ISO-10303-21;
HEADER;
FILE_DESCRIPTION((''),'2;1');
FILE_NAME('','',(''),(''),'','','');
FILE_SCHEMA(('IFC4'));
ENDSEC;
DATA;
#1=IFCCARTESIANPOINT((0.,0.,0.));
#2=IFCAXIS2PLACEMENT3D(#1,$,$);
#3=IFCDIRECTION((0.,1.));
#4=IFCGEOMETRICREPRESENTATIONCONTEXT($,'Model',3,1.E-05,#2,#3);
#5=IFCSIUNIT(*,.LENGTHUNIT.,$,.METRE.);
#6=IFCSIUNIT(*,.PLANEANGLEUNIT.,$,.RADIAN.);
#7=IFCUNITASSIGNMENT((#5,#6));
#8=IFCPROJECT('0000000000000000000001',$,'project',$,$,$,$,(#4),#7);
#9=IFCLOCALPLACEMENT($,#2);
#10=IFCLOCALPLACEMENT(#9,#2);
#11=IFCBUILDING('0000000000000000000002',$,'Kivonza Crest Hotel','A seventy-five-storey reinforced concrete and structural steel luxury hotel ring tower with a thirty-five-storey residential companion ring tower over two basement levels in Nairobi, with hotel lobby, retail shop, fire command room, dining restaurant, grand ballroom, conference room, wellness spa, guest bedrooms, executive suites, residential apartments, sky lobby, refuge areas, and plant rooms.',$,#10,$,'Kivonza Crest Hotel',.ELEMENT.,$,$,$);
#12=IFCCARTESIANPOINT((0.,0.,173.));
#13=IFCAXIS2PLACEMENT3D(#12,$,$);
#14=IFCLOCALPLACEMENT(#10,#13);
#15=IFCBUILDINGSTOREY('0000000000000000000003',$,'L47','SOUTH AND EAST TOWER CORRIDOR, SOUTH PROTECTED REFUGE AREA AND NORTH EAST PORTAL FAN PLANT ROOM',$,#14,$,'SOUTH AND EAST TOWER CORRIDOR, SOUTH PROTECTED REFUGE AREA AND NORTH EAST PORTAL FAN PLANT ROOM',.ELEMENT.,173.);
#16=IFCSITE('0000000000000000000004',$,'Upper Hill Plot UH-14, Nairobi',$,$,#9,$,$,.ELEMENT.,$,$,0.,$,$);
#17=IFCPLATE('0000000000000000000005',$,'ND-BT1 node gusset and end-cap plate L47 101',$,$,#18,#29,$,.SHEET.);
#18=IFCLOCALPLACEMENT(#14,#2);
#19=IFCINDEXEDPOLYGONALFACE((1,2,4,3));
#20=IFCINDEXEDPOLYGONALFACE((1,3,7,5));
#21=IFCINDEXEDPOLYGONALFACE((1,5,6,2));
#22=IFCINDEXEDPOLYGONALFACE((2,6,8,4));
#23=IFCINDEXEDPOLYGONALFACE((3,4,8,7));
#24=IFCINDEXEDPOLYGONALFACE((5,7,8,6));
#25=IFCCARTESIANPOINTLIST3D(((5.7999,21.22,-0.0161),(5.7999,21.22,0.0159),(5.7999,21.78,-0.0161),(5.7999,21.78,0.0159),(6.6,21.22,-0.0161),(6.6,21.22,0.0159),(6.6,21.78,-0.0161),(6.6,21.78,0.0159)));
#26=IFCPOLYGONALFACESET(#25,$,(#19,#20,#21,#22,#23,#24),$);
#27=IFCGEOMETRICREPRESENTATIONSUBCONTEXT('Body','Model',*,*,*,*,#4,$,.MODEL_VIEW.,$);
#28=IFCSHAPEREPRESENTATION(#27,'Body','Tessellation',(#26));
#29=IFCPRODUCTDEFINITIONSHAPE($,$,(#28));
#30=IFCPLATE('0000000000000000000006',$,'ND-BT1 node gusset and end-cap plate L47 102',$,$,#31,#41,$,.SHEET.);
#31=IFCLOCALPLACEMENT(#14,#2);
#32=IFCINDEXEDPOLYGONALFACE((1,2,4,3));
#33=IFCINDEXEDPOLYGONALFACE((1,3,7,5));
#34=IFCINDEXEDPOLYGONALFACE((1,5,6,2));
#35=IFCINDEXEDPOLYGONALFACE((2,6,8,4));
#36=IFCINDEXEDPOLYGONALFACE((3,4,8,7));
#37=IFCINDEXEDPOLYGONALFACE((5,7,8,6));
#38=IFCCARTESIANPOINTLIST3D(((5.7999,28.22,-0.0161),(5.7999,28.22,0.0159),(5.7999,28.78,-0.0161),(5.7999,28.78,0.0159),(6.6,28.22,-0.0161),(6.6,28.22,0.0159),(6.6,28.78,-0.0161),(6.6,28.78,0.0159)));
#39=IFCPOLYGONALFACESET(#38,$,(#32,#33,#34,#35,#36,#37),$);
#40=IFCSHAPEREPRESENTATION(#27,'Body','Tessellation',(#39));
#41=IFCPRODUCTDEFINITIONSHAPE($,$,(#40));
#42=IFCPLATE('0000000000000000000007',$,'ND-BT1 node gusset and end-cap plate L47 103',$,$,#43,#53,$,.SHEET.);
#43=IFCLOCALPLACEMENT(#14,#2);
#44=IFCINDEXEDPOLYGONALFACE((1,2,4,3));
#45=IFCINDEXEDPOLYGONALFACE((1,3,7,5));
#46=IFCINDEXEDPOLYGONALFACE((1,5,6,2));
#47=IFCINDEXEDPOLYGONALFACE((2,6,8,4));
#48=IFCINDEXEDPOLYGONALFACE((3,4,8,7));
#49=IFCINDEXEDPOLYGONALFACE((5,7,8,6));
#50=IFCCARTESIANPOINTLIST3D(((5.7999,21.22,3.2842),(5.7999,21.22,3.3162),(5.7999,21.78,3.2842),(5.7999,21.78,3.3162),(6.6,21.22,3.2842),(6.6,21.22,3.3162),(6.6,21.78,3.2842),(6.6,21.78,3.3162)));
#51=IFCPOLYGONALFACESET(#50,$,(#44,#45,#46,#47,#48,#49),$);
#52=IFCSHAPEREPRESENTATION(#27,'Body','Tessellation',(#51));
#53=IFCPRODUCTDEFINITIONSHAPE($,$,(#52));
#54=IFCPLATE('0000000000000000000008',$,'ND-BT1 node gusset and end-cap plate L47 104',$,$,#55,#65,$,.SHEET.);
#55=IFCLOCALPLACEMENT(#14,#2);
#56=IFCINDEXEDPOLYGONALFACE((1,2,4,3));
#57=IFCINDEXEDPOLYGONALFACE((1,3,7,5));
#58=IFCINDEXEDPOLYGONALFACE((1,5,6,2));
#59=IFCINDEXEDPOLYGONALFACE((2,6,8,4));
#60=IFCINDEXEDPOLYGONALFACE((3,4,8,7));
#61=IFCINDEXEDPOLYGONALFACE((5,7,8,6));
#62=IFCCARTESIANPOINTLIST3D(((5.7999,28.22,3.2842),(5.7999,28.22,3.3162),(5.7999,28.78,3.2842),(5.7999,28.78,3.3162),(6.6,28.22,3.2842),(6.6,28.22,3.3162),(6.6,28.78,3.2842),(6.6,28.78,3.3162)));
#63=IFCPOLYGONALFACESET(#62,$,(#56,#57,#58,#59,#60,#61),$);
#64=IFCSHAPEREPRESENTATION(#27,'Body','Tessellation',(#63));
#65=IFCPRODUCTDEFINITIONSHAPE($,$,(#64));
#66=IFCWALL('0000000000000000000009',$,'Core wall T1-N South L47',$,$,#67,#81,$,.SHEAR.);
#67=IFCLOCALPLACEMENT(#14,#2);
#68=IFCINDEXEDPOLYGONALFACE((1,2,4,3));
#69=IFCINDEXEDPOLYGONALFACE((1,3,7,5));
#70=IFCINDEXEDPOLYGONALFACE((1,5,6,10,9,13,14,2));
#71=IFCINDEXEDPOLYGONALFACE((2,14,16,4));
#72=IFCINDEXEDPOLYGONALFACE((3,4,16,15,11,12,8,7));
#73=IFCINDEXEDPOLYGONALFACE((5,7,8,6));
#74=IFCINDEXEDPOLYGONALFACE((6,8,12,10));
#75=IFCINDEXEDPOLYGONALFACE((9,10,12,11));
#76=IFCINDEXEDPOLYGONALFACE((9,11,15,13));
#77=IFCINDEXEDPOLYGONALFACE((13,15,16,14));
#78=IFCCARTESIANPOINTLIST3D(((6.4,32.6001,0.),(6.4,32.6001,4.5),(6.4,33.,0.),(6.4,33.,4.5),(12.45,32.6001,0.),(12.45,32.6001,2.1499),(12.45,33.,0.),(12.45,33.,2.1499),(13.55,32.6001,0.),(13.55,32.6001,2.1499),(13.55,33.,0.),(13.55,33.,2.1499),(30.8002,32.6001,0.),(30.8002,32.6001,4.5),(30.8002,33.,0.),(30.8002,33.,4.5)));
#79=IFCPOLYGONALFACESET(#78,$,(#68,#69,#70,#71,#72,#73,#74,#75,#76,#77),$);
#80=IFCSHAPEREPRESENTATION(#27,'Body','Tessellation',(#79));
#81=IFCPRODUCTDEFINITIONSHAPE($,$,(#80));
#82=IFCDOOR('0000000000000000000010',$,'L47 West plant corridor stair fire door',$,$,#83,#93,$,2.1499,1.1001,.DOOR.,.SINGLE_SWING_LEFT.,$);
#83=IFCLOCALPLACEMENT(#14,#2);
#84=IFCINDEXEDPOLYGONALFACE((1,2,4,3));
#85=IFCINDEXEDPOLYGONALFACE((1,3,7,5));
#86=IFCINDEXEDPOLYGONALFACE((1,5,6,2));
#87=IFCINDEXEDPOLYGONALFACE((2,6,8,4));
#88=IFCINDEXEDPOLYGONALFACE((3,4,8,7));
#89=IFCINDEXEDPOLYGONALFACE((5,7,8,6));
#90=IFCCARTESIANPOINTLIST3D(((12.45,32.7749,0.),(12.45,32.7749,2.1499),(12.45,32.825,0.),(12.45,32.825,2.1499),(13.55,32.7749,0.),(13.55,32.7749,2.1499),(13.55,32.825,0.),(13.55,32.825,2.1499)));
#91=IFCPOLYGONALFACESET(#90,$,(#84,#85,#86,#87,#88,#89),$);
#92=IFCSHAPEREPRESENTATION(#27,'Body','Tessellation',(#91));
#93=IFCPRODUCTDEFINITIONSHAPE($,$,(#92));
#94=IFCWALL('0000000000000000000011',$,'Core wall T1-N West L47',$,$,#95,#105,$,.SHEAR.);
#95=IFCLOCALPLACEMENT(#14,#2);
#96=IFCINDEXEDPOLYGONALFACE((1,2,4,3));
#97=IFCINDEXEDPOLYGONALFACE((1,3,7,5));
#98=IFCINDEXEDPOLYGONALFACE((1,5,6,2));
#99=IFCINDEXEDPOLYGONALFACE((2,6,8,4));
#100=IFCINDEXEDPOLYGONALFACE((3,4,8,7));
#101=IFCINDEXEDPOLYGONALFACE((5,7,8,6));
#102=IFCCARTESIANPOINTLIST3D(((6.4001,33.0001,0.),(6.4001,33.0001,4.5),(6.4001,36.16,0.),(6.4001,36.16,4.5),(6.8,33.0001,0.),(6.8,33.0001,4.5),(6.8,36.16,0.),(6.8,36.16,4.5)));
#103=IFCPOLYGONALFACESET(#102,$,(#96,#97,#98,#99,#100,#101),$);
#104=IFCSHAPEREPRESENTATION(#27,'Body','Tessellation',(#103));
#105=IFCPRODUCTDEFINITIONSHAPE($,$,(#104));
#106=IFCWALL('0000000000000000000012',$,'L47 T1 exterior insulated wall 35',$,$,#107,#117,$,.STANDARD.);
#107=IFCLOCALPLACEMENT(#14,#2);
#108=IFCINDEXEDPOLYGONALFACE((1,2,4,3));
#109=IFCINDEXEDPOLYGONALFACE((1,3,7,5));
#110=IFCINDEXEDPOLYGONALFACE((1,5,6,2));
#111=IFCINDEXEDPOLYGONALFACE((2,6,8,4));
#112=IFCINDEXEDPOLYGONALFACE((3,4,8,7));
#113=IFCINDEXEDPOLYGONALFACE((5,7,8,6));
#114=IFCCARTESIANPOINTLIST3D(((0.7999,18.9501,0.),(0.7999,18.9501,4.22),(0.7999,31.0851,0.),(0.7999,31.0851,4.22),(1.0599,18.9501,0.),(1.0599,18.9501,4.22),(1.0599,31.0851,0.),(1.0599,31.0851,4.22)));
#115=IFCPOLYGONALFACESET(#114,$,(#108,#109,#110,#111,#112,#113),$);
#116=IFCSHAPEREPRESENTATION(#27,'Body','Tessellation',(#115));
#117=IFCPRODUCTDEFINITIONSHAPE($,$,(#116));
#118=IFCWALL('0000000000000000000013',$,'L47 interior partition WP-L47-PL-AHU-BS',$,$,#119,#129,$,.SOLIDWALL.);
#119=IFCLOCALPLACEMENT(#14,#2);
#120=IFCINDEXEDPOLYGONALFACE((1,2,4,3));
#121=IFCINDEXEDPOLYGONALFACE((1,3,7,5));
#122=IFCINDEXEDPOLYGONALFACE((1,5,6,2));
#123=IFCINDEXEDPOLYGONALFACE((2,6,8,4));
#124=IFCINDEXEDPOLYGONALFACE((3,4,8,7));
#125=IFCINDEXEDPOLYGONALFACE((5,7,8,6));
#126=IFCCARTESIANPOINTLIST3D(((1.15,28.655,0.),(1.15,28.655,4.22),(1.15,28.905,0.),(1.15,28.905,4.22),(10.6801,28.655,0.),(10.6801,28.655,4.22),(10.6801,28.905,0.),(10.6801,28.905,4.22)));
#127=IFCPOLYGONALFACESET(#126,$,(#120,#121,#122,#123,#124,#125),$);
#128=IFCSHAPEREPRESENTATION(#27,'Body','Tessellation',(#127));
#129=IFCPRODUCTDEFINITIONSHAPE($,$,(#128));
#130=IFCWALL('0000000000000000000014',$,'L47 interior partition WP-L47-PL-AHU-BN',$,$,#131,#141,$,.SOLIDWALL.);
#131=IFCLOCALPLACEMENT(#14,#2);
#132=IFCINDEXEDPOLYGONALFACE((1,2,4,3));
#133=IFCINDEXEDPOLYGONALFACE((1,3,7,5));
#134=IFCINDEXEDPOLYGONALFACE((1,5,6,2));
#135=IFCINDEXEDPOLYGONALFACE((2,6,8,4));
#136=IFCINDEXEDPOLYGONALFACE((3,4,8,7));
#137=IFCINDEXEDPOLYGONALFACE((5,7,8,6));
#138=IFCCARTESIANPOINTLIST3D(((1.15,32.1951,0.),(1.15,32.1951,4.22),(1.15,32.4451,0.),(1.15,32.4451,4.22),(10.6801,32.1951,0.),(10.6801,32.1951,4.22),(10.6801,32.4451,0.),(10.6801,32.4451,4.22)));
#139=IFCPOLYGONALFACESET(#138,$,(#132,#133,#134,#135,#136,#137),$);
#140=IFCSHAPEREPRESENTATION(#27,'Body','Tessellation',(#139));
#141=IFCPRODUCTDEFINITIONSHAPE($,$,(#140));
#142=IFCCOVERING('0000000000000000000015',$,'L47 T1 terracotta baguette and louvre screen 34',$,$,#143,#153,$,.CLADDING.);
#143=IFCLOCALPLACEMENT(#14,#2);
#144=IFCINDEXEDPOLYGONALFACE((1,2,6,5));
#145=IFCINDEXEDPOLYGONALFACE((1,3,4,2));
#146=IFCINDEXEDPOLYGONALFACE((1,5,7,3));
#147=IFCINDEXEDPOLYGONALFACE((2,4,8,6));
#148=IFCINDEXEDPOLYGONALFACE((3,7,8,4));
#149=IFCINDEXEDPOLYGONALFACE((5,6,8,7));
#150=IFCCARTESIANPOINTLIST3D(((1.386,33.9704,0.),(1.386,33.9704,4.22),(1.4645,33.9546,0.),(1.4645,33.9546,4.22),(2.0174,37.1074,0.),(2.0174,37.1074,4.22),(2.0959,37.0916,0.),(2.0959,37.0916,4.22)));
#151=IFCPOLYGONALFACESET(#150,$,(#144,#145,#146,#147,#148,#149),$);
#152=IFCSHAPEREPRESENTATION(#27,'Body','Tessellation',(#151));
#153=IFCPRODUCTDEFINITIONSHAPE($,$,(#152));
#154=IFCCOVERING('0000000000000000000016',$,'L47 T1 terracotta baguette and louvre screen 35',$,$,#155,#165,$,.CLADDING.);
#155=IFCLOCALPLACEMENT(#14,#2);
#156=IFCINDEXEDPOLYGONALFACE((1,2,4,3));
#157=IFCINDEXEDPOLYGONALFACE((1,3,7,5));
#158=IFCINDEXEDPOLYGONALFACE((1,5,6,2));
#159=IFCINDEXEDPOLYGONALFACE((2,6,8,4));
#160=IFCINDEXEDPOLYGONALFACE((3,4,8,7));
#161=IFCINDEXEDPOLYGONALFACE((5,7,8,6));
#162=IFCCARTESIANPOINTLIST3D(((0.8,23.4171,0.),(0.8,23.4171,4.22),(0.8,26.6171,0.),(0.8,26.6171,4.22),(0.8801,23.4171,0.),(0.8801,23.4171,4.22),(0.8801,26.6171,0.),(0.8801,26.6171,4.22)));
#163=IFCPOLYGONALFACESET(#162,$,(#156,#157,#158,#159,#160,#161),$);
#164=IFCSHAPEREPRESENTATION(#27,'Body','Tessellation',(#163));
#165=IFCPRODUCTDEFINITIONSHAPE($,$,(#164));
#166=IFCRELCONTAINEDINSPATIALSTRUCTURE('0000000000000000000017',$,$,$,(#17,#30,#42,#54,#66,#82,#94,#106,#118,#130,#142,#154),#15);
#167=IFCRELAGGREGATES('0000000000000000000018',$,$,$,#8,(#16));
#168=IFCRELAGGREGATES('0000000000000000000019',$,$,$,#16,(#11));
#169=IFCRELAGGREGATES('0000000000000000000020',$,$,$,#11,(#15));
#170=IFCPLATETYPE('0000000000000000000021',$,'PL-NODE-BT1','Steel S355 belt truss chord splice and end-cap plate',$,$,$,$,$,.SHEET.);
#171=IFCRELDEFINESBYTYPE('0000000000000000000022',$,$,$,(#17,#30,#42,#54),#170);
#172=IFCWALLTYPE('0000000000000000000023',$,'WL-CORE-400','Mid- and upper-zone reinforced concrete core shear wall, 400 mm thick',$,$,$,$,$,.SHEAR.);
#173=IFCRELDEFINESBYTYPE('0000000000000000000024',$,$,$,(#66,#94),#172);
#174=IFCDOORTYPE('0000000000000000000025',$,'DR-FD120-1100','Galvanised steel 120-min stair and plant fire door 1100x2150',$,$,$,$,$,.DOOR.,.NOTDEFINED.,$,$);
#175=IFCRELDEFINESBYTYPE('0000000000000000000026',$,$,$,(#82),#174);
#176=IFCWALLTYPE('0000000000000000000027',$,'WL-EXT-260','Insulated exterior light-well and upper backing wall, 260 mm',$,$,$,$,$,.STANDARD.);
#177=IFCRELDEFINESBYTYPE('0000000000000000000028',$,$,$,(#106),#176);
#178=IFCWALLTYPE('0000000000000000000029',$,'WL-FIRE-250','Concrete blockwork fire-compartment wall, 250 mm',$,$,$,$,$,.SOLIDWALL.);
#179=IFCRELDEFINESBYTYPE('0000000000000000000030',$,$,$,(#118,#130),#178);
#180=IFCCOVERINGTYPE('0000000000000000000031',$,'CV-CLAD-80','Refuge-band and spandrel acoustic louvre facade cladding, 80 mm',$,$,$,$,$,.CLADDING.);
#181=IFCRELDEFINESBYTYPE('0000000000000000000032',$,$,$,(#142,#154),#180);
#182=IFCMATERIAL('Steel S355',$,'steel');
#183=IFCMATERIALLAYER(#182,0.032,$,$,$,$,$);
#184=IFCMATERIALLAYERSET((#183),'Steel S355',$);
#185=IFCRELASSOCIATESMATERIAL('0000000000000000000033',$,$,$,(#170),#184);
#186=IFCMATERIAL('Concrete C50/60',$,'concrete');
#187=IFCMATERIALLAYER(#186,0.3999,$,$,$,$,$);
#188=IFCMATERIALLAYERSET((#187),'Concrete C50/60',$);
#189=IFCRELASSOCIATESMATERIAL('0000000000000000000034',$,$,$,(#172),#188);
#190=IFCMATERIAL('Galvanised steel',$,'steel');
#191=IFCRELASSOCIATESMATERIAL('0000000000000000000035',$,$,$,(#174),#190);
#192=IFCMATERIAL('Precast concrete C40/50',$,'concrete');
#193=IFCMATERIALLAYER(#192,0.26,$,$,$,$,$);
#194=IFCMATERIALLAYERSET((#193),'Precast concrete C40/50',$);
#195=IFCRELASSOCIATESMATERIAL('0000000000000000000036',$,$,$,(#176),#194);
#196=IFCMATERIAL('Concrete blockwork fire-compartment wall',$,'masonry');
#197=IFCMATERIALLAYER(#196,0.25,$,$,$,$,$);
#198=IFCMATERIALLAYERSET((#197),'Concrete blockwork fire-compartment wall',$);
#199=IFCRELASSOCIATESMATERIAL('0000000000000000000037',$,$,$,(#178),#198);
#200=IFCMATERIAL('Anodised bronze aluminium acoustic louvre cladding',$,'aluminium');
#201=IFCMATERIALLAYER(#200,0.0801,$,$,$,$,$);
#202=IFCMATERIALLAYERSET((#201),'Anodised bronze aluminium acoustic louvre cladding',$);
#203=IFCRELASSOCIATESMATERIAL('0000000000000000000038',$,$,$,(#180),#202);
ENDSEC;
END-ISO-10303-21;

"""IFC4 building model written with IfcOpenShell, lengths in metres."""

from ifc_helpers import new_model, si_unit, direction, frame, frame_2d, origin, origin_2d, place, context, subcontext, project, spatial, rectangle, extrude, material, layer, layer_set, type_object, element, fill, save


model = new_model("IFC4")

# Units and contexts
model_context = context("Model", 3, precision=1e-05, world=origin(), true_north=direction((0.0, 1.0)))
body_context = subcontext(model_context, "Body", "Model", "MODEL_VIEW")
ifc_project = project(units=[si_unit("LENGTHUNIT", "METRE"), si_unit("PLANEANGLEUNIT", "RADIAN")], contexts=[model_context])

# Site, building, storey
site_placement = place(None, origin())
site = spatial("IfcSite", under=ifc_project, at=site_placement, Name="Upper Hill Plot UH-14, Nairobi", CompositionType="ELEMENT", RefElevation=0.0)
building_placement = place(site_placement, origin())
building = spatial("IfcBuilding", under=site, at=building_placement, Name="Kivonza Crest Hotel", Description="A seventy-five-storey reinforced concrete and structural steel luxury hotel ring tower with a thirty-five-storey residential companion ring tower over two basement levels in Nairobi, with hotel lobby, retail shop, fire command room, dining restaurant, grand ballroom, conference room, wellness spa, guest bedrooms, executive suites, residential apartments, sky lobby, refuge areas, and plant rooms.", LongName="Kivonza Crest Hotel", CompositionType="ELEMENT")
storey_placement = place(building_placement, frame((0.0, 0.0, 173.0)))
storey = spatial("IfcBuildingStorey", under=building, at=storey_placement, Name="L47", Description="SOUTH AND EAST TOWER CORRIDOR, SOUTH PROTECTED REFUGE AREA AND NORTH EAST PORTAL FAN PLANT ROOM", LongName="SOUTH AND EAST TOWER CORRIDOR, SOUTH PROTECTED REFUGE AREA AND NORTH EAST PORTAL FAN PLANT ROOM", CompositionType="ELEMENT", Elevation=173.0)

# Shared definitions
ifc_material_1 = material(Name="Concrete C50/60", Category="concrete")

# Shared definitions
ifc_material_2 = material(Name="Steel S355", Category="steel")

# Plates
ifc_layer_1 = layer(ifc_material_2, 0.032)
ifc_layer_set_1 = layer_set([ifc_layer_1], Name="Steel S355")
plate_type = type_object("IfcPlateType", Name="PL-NODE-BT1", Description="Steel S355 belt truss chord splice and end-cap plate", PredefinedType="SHEET", material=ifc_layer_set_1)
for number, where, z_axis, x_axis, name in (
    (1, (6.2, 21.5, -0.0161), (0.0, 0.0, 1.0), (1.0, 0.0, 0.0), "ND-BT1 node gusset and end-cap plate L47 101"),
    (2, (6.2, 28.5, -0.0161), (0.0, 0.0, 1.0), (1.0, 0.0, 0.0), "ND-BT1 node gusset and end-cap plate L47 102"),
    (3, (6.2, 21.5, 3.2842), (0.0, 0.0, 1.0), (1.0, 0.0, 0.0), "ND-BT1 node gusset and end-cap plate L47 103"),
    (4, (6.2, 28.5, 3.2842), (0.0, 0.0, 1.0), (1.0, 0.0, 0.0), "ND-BT1 node gusset and end-cap plate L47 104"),
):
    element("IfcPlate", number, at=place(storey_placement, frame(where, z_axis=z_axis, x_axis=x_axis)), inside=storey, type_object=plate_type, Name=name, PredefinedType="SHEET", context=body_context, shape_type="SweptSolid", body=[
        extrude(rectangle(XDim=0.8, YDim=0.5601, at=origin_2d()), origin(), (0.0, 0.0, 1.0), 0.032),
    ])

# Wall, opening, door
ifc_layer_2 = layer(ifc_material_1, 0.3999)
ifc_layer_set_2 = layer_set([ifc_layer_2], Name="Concrete C50/60")
wall_type_1 = type_object("IfcWallType", Name="WL-CORE-400", Description="Mid- and upper-zone reinforced concrete core shear wall, 400 mm thick", PredefinedType="SHEAR", material=ifc_layer_set_2)
wall_1_placement = place(storey_placement, frame((6.3999, 32.8, 0.0), z_axis=(0.0, 0.0, 1.0), x_axis=(1.0, 0.0, 0.0)))
wall_1 = element("IfcWall", 5, at=wall_1_placement, inside=storey, type_object=wall_type_1, Name="Core wall T1-N South L47", PredefinedType="SHEAR", context=body_context, shape_type="SweptSolid", body=[
    extrude(rectangle(XDim=24.4001, YDim=0.3999, at=frame_2d((12.2002, 0.0))), origin(), (0.0, 0.0, 1.0), 4.5),
])
opening_placement = place(wall_1_placement, frame((6.05, 0.0, 0.0)))
opening = element("IfcOpeningElement", 6, at=opening_placement, cuts=wall_1, PredefinedType="OPENING", context=body_context, shape_type="SweptSolid", body=[
    extrude(rectangle(XDim=1.1001, YDim=2.1499, at=frame_2d((0.55, 1.075))), frame((0.0, 0.21, 0.0), z_axis=(0.0, -1.0, 0.0), x_axis=(1.0, 0.0, 0.0)), (0.0, 0.0, 1.0), 0.4199),
])
ifc_material_3 = material(Name="Galvanised steel", Category="steel")
door_type = type_object("IfcDoorType", Name="DR-FD120-1100", Description="Galvanised steel 120-min stair and plant fire door 1100x2150", OperationType="NOTDEFINED", PredefinedType="DOOR", material=ifc_material_3)
door_placement = place(opening_placement, origin())
door = element("IfcDoor", 7, at=door_placement, inside=storey, type_object=door_type, Name="L47 West plant corridor stair fire door", OperationType="SINGLE_SWING_LEFT", OverallHeight=2.1499, OverallWidth=1.1001, PredefinedType="DOOR", context=body_context, shape_type="SweptSolid", body=[
    extrude(rectangle(XDim=1.1001, YDim=2.1499, at=frame_2d((0.55, 1.075))), frame((0.0, 0.0249, 0.0), z_axis=(0.0, -1.0, 0.0), x_axis=(1.0, 0.0, 0.0)), (0.0, 0.0, 1.0), 0.05),
])
fill(opening, door)

# Walls
wall_2_placement = place(storey_placement, frame((6.6001, 33.0, 0.0), z_axis=(0.0, 0.0, 1.0), x_axis=(0.0, 1.0, 0.0)))
element("IfcWall", 8, at=wall_2_placement, inside=storey, type_object=wall_type_1, Name="Core wall T1-N West L47", PredefinedType="SHEAR", context=body_context, shape_type="SweptSolid", body=[
    extrude(rectangle(XDim=3.1599, YDim=0.3999, at=frame_2d((1.5801, 0.0))), origin(), (0.0, 0.0, 1.0), 4.5),
])
ifc_material_4 = material(Name="Precast concrete C40/50", Category="concrete")
ifc_layer_3 = layer(ifc_material_4, 0.26)
ifc_layer_set_3 = layer_set([ifc_layer_3], Name="Precast concrete C40/50")
wall_type_2 = type_object("IfcWallType", Name="WL-EXT-260", Description="Insulated exterior light-well and upper backing wall, 260 mm", PredefinedType="STANDARD", material=ifc_layer_set_3)
wall_3_placement = place(storey_placement, frame((0.9299, 31.085, 0.0), z_axis=(0.0, 0.0, 1.0), x_axis=(0.0, -1.0, 0.0)))
element("IfcWall", 9, at=wall_3_placement, inside=storey, type_object=wall_type_2, Name="L47 T1 exterior insulated wall 35", PredefinedType="STANDARD", context=body_context, shape_type="SweptSolid", body=[
    extrude(rectangle(XDim=12.135, YDim=0.26, at=frame_2d((6.0674, 0.0))), origin(), (0.0, 0.0, 1.0), 4.22),
])
ifc_material_5 = material(Name="Concrete blockwork fire-compartment wall", Category="masonry")
ifc_layer_4 = layer(ifc_material_5, 0.25)
ifc_layer_set_4 = layer_set([ifc_layer_4], Name="Concrete blockwork fire-compartment wall")
wall_type_3 = type_object("IfcWallType", Name="WL-FIRE-250", Description="Concrete blockwork fire-compartment wall, 250 mm", PredefinedType="SOLIDWALL", material=ifc_layer_set_4)
for number, where, z_axis, x_axis, name in (
    (10, (1.1499, 28.78, 0.0), (0.0, 0.0, 1.0), (1.0, 0.0, 0.0), "L47 interior partition WP-L47-PL-AHU-BS"),
    (11, (1.1499, 32.3201, 0.0), (0.0, 0.0, 1.0), (1.0, 0.0, 0.0), "L47 interior partition WP-L47-PL-AHU-BN"),
):
    element("IfcWall", number, at=place(storey_placement, frame(where, z_axis=z_axis, x_axis=x_axis)), inside=storey, type_object=wall_type_3, Name=name, PredefinedType="SOLIDWALL", context=body_context, shape_type="SweptSolid", body=[
        extrude(rectangle(XDim=9.53, YDim=0.25, at=frame_2d((4.7651, 0.0))), origin(), (0.0, 0.0, 1.0), 4.22),
    ])

# Coverings
ifc_material_6 = material(Name="Anodised bronze aluminium acoustic louvre cladding", Category="aluminium")
ifc_layer_5 = layer(ifc_material_6, 0.0801)
ifc_layer_set_5 = layer_set([ifc_layer_5], Name="Anodised bronze aluminium acoustic louvre cladding")
covering_type = type_object("IfcCoveringType", Name="CV-CLAD-80", Description="Refuge-band and spandrel acoustic louvre facade cladding, 80 mm", PredefinedType="CLADDING", material=ifc_layer_set_5)
for number, where, z_axis, x_axis, name in (
    (12, (1.741, 35.531, 0.0), (0.0, 0.0, 1.0), (-0.197315, -0.98034, 0.0), "L47 T1 terracotta baguette and louvre screen 34"),
    (13, (0.8401, 25.0171, 0.0), (0.0, 0.0, 1.0), (0.0, -1.0, 0.0), "L47 T1 terracotta baguette and louvre screen 35"),
):
    element("IfcCovering", number, at=place(storey_placement, frame(where, z_axis=z_axis, x_axis=x_axis)), inside=storey, type_object=covering_type, Name=name, PredefinedType="CLADDING", context=body_context, shape_type="SweptSolid", body=[
        extrude(rectangle(XDim=3.2, YDim=0.0801, at=origin_2d()), origin(), (0.0, 0.0, 1.0), 4.22),
    ])

save(model, "model.ifc")
